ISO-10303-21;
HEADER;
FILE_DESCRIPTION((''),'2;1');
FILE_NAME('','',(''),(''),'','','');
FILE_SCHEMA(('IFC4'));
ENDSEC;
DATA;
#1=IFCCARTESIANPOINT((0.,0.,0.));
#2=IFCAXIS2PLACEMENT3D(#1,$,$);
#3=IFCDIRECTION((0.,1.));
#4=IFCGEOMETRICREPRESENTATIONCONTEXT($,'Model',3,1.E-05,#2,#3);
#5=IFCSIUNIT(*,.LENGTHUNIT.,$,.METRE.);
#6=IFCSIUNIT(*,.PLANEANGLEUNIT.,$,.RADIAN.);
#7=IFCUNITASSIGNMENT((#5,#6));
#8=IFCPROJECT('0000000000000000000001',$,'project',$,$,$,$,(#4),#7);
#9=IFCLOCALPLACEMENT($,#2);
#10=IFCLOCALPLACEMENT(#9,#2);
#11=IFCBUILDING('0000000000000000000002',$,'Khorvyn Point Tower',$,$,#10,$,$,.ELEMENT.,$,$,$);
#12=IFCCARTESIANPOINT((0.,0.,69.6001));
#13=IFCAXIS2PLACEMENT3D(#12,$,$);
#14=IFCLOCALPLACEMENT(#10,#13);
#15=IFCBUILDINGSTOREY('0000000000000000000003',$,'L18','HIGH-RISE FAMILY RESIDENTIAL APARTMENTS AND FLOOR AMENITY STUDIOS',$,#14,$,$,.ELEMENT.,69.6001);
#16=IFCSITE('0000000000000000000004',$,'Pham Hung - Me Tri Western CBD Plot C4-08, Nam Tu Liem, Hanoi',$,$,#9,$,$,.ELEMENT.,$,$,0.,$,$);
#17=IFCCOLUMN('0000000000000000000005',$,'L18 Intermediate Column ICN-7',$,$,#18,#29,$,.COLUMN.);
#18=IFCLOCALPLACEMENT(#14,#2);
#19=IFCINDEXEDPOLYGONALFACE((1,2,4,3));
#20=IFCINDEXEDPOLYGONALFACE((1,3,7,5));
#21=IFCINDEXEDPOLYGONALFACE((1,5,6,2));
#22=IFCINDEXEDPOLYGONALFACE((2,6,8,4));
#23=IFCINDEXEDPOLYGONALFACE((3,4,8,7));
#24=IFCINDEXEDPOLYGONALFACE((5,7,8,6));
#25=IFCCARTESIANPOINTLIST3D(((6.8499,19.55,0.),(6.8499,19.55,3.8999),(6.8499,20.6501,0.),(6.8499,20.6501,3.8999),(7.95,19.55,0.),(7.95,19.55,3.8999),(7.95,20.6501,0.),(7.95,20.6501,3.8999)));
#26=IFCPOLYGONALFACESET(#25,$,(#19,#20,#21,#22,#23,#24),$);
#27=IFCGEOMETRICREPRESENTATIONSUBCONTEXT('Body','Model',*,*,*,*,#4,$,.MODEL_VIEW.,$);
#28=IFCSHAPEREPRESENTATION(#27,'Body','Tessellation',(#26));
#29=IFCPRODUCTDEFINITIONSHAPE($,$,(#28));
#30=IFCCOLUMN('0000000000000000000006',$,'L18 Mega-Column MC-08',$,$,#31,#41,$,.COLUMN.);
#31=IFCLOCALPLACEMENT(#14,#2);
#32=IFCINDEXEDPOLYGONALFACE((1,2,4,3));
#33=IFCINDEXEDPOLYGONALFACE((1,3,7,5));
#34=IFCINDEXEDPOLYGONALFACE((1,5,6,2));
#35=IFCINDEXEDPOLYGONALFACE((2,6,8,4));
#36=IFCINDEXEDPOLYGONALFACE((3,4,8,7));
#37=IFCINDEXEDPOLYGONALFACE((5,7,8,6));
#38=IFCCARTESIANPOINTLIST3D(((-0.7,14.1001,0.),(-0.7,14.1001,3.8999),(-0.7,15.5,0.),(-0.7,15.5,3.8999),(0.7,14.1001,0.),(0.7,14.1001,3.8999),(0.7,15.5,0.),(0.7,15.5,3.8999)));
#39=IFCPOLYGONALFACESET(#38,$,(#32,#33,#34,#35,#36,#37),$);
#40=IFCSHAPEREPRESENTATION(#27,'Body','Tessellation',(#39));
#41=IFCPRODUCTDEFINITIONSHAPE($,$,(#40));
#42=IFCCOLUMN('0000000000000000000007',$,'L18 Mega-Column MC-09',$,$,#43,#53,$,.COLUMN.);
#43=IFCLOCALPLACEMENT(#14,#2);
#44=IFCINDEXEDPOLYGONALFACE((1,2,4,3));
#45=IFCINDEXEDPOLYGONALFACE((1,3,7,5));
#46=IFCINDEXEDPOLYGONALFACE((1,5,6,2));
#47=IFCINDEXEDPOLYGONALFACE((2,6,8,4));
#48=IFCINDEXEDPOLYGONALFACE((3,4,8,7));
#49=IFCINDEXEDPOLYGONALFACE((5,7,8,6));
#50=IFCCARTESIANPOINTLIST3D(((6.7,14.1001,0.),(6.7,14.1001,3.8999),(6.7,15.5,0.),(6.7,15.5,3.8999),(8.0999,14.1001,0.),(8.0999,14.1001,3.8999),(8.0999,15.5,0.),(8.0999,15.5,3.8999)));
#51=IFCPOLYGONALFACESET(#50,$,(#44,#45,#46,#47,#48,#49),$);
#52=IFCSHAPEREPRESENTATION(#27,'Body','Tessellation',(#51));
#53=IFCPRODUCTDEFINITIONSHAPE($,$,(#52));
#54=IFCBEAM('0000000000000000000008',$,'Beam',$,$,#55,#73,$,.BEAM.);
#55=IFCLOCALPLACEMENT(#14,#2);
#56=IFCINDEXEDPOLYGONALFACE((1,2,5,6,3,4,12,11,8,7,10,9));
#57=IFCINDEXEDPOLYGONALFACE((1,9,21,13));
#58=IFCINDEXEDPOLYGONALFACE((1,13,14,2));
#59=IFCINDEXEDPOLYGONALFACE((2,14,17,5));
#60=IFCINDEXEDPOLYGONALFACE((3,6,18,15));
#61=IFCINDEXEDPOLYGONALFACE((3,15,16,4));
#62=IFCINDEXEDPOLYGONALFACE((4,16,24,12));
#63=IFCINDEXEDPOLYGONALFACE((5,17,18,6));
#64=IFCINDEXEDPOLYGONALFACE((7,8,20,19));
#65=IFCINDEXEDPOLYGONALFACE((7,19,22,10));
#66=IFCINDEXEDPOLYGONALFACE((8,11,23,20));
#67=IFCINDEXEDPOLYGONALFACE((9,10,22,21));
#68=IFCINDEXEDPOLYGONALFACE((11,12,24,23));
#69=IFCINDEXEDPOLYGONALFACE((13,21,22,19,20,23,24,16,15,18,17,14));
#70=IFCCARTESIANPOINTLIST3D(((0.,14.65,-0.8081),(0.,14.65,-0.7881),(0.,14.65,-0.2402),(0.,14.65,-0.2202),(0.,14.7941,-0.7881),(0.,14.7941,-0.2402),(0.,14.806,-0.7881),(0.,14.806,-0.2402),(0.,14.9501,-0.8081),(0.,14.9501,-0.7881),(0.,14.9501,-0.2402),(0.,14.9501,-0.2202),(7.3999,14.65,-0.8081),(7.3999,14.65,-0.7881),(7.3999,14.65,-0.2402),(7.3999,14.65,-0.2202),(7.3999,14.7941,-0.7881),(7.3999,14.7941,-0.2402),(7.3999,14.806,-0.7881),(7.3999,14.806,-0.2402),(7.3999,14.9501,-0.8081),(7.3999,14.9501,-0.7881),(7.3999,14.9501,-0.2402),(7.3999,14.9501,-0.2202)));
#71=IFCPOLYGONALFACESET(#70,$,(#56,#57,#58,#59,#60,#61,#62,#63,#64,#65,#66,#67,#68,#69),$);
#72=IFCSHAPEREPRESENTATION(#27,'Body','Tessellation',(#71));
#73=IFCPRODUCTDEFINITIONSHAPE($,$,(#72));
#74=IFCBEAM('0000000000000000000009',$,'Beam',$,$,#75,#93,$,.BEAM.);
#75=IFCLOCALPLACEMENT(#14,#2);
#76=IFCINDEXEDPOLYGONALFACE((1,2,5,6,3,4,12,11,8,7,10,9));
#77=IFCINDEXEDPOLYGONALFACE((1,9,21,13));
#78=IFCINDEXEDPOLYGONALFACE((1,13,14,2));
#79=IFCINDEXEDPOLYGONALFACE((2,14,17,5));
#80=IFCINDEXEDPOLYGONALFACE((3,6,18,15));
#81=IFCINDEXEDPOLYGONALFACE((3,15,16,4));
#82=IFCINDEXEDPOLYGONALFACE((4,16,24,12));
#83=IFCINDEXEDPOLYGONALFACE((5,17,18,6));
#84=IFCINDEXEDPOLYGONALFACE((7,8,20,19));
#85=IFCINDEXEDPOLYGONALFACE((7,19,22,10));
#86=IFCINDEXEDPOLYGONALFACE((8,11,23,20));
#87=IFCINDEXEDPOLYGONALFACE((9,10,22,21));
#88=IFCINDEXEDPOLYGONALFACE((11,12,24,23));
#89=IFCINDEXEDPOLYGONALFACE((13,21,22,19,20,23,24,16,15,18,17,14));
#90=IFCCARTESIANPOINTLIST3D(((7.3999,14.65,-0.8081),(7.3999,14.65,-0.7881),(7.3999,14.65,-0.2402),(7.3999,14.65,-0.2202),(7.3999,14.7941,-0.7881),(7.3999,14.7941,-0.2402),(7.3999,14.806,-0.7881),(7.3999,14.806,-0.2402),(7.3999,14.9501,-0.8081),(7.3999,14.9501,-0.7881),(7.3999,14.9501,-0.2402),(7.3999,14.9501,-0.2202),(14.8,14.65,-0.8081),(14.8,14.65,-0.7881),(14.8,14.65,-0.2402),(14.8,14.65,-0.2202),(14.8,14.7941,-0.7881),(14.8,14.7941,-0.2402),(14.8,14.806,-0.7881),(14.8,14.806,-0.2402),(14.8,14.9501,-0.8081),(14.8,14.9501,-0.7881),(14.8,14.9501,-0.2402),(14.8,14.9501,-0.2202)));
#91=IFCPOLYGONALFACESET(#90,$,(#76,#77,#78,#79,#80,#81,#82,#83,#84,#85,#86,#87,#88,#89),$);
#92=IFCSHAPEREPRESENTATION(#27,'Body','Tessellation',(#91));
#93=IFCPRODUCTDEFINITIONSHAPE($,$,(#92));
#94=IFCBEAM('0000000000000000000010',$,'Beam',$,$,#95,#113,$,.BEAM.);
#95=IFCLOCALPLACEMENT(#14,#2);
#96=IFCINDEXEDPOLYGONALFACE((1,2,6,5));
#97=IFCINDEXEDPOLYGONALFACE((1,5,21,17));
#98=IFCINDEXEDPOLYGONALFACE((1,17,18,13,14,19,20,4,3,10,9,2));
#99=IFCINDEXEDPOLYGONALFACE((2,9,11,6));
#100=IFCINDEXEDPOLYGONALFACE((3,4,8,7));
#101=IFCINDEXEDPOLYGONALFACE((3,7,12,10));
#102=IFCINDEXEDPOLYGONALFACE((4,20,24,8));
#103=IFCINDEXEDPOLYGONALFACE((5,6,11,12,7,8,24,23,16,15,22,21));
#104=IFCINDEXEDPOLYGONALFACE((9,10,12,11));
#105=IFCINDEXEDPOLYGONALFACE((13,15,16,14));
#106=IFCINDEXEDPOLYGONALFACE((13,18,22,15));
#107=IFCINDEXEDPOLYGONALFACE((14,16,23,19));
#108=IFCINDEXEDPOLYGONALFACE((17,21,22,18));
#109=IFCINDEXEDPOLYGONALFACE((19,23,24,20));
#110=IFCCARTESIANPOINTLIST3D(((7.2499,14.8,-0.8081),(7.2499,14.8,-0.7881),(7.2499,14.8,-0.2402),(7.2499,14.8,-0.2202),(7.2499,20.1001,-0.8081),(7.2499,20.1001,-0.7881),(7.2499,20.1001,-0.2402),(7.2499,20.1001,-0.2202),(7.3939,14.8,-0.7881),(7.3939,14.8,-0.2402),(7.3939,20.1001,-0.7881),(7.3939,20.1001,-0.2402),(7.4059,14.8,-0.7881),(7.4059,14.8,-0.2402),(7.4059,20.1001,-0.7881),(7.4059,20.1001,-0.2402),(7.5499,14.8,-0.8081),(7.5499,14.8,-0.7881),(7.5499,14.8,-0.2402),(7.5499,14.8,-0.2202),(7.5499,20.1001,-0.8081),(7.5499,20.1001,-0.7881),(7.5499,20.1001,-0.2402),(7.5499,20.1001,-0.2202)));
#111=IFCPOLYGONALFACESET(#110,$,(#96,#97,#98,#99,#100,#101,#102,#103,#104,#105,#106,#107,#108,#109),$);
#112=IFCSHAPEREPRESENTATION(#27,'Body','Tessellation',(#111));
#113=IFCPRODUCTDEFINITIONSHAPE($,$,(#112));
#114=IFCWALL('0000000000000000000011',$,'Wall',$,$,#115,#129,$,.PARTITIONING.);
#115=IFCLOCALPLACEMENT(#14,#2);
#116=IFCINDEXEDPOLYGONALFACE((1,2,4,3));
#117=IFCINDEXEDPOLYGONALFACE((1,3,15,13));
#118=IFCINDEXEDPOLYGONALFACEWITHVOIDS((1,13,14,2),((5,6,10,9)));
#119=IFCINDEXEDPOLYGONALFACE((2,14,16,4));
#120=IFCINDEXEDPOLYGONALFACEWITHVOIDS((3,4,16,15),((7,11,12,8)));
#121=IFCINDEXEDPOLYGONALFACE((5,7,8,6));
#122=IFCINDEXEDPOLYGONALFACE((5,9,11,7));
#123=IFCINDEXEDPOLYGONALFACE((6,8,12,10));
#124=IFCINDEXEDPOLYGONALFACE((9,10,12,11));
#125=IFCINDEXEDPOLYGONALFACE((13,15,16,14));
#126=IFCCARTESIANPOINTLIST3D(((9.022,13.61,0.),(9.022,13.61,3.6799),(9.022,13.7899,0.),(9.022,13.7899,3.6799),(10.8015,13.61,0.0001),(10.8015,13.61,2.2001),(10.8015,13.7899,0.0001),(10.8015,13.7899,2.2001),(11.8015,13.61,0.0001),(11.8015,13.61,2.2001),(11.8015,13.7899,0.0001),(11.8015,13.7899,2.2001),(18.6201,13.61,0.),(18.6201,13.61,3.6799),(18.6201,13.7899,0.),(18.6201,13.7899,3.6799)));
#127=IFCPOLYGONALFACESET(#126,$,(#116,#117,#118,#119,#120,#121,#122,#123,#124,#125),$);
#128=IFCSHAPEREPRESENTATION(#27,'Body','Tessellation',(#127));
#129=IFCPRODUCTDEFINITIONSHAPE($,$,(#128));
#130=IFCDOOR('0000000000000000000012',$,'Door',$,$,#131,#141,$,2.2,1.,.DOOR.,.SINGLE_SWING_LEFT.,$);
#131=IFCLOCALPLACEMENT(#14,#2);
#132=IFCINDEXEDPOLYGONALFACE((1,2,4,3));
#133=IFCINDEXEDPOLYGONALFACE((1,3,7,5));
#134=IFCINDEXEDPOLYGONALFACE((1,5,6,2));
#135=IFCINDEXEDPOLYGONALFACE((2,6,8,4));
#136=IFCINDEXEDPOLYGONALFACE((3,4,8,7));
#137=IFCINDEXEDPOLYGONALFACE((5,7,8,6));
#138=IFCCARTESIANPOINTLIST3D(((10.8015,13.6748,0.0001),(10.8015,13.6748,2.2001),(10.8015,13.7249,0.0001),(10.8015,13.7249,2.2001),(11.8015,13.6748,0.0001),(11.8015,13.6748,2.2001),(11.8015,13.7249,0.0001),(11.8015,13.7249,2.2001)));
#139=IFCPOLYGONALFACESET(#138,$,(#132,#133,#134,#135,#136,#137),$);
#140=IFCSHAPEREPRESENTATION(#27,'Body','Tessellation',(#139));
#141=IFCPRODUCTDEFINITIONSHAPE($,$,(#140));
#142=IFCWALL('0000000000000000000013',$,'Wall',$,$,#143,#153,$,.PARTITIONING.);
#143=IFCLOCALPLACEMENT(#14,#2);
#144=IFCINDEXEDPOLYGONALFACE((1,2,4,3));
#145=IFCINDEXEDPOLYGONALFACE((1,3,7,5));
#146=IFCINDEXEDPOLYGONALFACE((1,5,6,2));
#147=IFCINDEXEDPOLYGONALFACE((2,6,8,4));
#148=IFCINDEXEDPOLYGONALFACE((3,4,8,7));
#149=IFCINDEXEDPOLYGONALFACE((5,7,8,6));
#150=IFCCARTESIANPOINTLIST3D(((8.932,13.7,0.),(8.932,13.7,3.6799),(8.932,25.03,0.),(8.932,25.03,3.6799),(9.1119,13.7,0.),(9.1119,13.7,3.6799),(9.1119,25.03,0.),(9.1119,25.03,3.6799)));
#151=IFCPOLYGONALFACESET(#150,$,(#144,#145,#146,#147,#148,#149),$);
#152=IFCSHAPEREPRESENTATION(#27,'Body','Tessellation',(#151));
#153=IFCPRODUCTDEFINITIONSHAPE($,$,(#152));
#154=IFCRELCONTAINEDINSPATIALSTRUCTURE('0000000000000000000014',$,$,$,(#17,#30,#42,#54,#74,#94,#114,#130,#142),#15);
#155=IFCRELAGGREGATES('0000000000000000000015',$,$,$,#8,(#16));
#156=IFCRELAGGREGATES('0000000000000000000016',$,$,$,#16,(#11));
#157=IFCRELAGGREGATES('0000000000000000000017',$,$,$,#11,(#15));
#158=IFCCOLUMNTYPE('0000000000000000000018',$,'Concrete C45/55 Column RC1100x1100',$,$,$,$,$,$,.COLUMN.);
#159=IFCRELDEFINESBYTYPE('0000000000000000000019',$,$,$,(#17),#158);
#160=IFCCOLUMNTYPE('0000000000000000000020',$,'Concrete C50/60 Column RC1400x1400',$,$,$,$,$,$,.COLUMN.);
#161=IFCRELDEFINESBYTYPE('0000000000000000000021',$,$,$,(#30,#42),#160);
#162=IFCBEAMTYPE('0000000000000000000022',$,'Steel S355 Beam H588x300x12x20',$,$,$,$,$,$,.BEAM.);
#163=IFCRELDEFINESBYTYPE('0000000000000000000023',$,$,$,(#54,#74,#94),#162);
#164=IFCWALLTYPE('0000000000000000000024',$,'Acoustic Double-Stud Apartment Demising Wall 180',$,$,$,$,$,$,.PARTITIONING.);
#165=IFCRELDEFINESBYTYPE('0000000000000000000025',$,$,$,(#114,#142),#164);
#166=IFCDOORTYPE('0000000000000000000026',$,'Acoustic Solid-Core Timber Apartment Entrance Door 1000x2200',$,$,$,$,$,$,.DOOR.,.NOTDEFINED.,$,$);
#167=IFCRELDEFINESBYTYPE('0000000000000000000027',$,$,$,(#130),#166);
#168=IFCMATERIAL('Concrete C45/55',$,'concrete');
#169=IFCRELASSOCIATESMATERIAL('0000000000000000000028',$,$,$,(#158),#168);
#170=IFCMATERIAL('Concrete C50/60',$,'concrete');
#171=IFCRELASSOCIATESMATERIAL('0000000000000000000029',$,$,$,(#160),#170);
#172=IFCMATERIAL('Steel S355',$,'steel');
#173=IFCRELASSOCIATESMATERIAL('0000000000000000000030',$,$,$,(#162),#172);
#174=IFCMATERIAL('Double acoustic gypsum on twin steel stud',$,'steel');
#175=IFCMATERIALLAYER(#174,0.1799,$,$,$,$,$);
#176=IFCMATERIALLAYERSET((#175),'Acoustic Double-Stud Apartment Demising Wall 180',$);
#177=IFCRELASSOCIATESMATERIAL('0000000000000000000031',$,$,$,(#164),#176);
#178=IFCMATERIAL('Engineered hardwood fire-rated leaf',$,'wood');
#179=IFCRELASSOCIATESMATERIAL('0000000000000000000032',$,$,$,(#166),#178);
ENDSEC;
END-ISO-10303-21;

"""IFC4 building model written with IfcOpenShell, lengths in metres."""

from ifc_helpers import new_model, si_unit, direction, frame, frame_2d, origin, origin_2d, place, context, subcontext, project, spatial, rectangle, i_section, extrude, material, layer, layer_set, material_profile, profile_set, type_object, element, fill, save


model = new_model("IFC4")

# Units and contexts
model_context = context("Model", 3, precision=1e-05, world=origin(), true_north=direction((0.0, 1.0)))
body_context = subcontext(model_context, "Body", "Model", "MODEL_VIEW")
ifc_project = project(units=[si_unit("LENGTHUNIT", "METRE"), si_unit("PLANEANGLEUNIT", "RADIAN")], contexts=[model_context])

# Site, building, storey
site_placement = place(None, origin())
site = spatial("IfcSite", under=ifc_project, at=site_placement, Name="Pham Hung - Me Tri Western CBD Plot C4-08, Nam Tu Liem, Hanoi", CompositionType="ELEMENT", RefElevation=0.0)
building_placement = place(site_placement, origin())
building = spatial("IfcBuilding", under=site, at=building_placement, Name="Khorvyn Point Tower", CompositionType="ELEMENT")
storey_placement = place(building_placement, frame((0.0, 0.0, 69.6001)))
storey = spatial("IfcBuildingStorey", under=building, at=storey_placement, Name="L18", Description="HIGH-RISE FAMILY RESIDENTIAL APARTMENTS AND FLOOR AMENITY STUDIOS", CompositionType="ELEMENT", Elevation=69.6001)

# Columns
ifc_material_1 = material(Name="Concrete C45/55", Category="concrete")
ifc_material_profile_1 = material_profile(ifc_material_1, rectangle(XDim=1.1001, YDim=1.1001, at=origin_2d()))
ifc_profile_set_1 = profile_set([ifc_material_profile_1], Name="Concrete C45/55 RC1100x1100")
column_type_1 = type_object("IfcColumnType", Name="Concrete C45/55 Column RC1100x1100", PredefinedType="COLUMN", material=ifc_profile_set_1)
column_placement = place(storey_placement, frame((7.3999, 20.1001, 0.0), z_axis=(0.0, 0.0, 1.0), x_axis=(1.0, 0.0, 0.0)))
element("IfcColumn", 1, at=column_placement, inside=storey, type_object=column_type_1, Name="L18 Intermediate Column ICN-7", PredefinedType="COLUMN", context=body_context, shape_type="SweptSolid", body=[
    extrude(rectangle(XDim=1.1001, YDim=1.1001, at=origin_2d()), origin(), (0.0, 0.0, 1.0), 3.8999),
])
ifc_material_2 = material(Name="Concrete C50/60", Category="concrete")
ifc_material_profile_2 = material_profile(ifc_material_2, rectangle(XDim=1.3999, YDim=1.3999, at=origin_2d()))
ifc_profile_set_2 = profile_set([ifc_material_profile_2], Name="Concrete C50/60 RC1400x1400")
column_type_2 = type_object("IfcColumnType", Name="Concrete C50/60 Column RC1400x1400", PredefinedType="COLUMN", material=ifc_profile_set_2)
for number, where, z_axis, x_axis, name in (
    (2, (0.0, 14.8, 0.0), (0.0, 0.0, 1.0), (1.0, 0.0, 0.0), "L18 Mega-Column MC-08"),
    (3, (7.3999, 14.8, 0.0), (0.0, 0.0, 1.0), (1.0, 0.0, 0.0), "L18 Mega-Column MC-09"),
):
    element("IfcColumn", number, at=place(storey_placement, frame(where, z_axis=z_axis, x_axis=x_axis)), inside=storey, type_object=column_type_2, Name=name, PredefinedType="COLUMN", context=body_context, shape_type="SweptSolid", body=[
        extrude(rectangle(XDim=1.3999, YDim=1.3999, at=origin_2d()), origin(), (0.0, 0.0, 1.0), 3.8999),
    ])

# Beams
ifc_material_3 = material(Name="Steel S355", Category="steel")
ifc_material_profile_3 = material_profile(ifc_material_3, i_section(OverallWidth=0.3, OverallDepth=0.5879, WebThickness=0.012, FlangeThickness=0.02, at=origin_2d()))
ifc_profile_set_3 = profile_set([ifc_material_profile_3], Name="Steel S355 H588x300x12x20")
beam_type = type_object("IfcBeamType", Name="Steel S355 Beam H588x300x12x20", PredefinedType="BEAM", material=ifc_profile_set_3)
beam_1_placement = place(storey_placement, frame((0.0, 14.8, -0.5142), z_axis=(1.0, 0.0, 0.0), x_axis=(0.0, 1.0, 0.0)))
element("IfcBeam", 4, at=beam_1_placement, inside=storey, type_object=beam_type, Name="Beam", PredefinedType="BEAM", context=body_context, shape_type="SweptSolid", body=[
    extrude(i_section(OverallWidth=0.3, OverallDepth=0.5879, WebThickness=0.012, FlangeThickness=0.02, at=origin_2d()), origin(), (0.0, 0.0, 1.0), 7.3999),
])
beam_2_placement = place(storey_placement, frame((7.3999, 14.8, -0.5142), z_axis=(1.0, 0.0, 0.0), x_axis=(0.0, 1.0, 0.0)))
element("IfcBeam", 5, at=beam_2_placement, inside=storey, type_object=beam_type, Name="Beam", PredefinedType="BEAM", context=body_context, shape_type="SweptSolid", body=[
    extrude(i_section(OverallWidth=0.3, OverallDepth=0.5879, WebThickness=0.012, FlangeThickness=0.02, at=origin_2d()), origin(), (0.0, 0.0, 1.0), 7.4001),
])
beam_3_placement = place(storey_placement, frame((7.3999, 14.8, -0.5142), z_axis=(0.0, 1.0, 0.0), x_axis=(-1.0, 0.0, 0.0)))
element("IfcBeam", 6, at=beam_3_placement, inside=storey, type_object=beam_type, Name="Beam", PredefinedType="BEAM", context=body_context, shape_type="SweptSolid", body=[
    extrude(i_section(OverallWidth=0.3, OverallDepth=0.5879, WebThickness=0.012, FlangeThickness=0.02, at=origin_2d()), origin(), (0.0, 0.0, 1.0), 5.3),
])

# Wall, opening, door
ifc_material_4 = material(Name="Double acoustic gypsum on twin steel stud", Category="steel")
ifc_layer_1 = layer(ifc_material_4, 0.1799)
ifc_layer_set_1 = layer_set([ifc_layer_1], Name="Acoustic Double-Stud Apartment Demising Wall 180")
wall_type_1 = type_object("IfcWallType", Name="Acoustic Double-Stud Apartment Demising Wall 180", PredefinedType="PARTITIONING", material=ifc_layer_set_1)
wall_1_placement = place(storey_placement, frame((9.022, 13.7, 0.0), z_axis=(0.0, 0.0, 1.0), x_axis=(1.0, 0.0, 0.0)))
wall_1 = element("IfcWall", 7, at=wall_1_placement, inside=storey, type_object=wall_type_1, Name="Wall", PredefinedType="PARTITIONING", context=body_context, shape_type="SweptSolid", body=[
    extrude(rectangle(XDim=9.5981, YDim=0.1799, at=frame_2d((4.7991, 0.0))), origin(), (0.0, 0.0, 1.0), 3.6799),
])
opening_1_placement = place(wall_1_placement, frame((1.7795, 0.0, 0.0)))
opening_1 = element("IfcOpeningElement", 8, at=opening_1_placement, cuts=wall_1, PredefinedType="OPENING", context=body_context, shape_type="SweptSolid", body=[
    extrude(rectangle(XDim=1.0, YDim=2.2, at=frame_2d((0.5, 1.1001))), frame((0.0, 0.0999, 0.0), z_axis=(0.0, -1.0, 0.0), x_axis=(1.0, 0.0, 0.0)), (0.0, 0.0, 1.0), 0.2),
])
ifc_material_5 = material(Name="Engineered hardwood fire-rated leaf", Category="wood")
door_type_1 = type_object("IfcDoorType", Name="Acoustic Solid-Core Timber Apartment Entrance Door 1000x2200", OperationType="NOTDEFINED", PredefinedType="DOOR", material=ifc_material_5)
door_1_placement = place(opening_1_placement, origin())
door_1 = element("IfcDoor", 9, at=door_1_placement, inside=storey, type_object=door_type_1, Name="Door", OperationType="SINGLE_SWING_LEFT", OverallHeight=2.2, OverallWidth=1.0, PredefinedType="DOOR", context=body_context, shape_type="SweptSolid", body=[
    extrude(rectangle(XDim=1.0, YDim=2.2, at=frame_2d((0.5, 1.1001))), frame((0.0, 0.0249, 0.0), z_axis=(0.0, -1.0, 0.0), x_axis=(1.0, 0.0, 0.0)), (0.0, 0.0, 1.0), 0.05),
])
fill(opening_1, door_1)

# Wall
wall_2_placement = place(storey_placement, frame((9.022, 13.7, 0.0), z_axis=(0.0, 0.0, 1.0), x_axis=(0.0, 1.0, 0.0)))
element("IfcWall", 10, at=wall_2_placement, inside=storey, type_object=wall_type_1, Name="Wall", PredefinedType="PARTITIONING", context=body_context, shape_type="SweptSolid", body=[
    extrude(rectangle(XDim=11.3301, YDim=0.1799, at=frame_2d((5.665, 0.0))), origin(), (0.0, 0.0, 1.0), 3.6799),
])

save(model, "model.ifc")
